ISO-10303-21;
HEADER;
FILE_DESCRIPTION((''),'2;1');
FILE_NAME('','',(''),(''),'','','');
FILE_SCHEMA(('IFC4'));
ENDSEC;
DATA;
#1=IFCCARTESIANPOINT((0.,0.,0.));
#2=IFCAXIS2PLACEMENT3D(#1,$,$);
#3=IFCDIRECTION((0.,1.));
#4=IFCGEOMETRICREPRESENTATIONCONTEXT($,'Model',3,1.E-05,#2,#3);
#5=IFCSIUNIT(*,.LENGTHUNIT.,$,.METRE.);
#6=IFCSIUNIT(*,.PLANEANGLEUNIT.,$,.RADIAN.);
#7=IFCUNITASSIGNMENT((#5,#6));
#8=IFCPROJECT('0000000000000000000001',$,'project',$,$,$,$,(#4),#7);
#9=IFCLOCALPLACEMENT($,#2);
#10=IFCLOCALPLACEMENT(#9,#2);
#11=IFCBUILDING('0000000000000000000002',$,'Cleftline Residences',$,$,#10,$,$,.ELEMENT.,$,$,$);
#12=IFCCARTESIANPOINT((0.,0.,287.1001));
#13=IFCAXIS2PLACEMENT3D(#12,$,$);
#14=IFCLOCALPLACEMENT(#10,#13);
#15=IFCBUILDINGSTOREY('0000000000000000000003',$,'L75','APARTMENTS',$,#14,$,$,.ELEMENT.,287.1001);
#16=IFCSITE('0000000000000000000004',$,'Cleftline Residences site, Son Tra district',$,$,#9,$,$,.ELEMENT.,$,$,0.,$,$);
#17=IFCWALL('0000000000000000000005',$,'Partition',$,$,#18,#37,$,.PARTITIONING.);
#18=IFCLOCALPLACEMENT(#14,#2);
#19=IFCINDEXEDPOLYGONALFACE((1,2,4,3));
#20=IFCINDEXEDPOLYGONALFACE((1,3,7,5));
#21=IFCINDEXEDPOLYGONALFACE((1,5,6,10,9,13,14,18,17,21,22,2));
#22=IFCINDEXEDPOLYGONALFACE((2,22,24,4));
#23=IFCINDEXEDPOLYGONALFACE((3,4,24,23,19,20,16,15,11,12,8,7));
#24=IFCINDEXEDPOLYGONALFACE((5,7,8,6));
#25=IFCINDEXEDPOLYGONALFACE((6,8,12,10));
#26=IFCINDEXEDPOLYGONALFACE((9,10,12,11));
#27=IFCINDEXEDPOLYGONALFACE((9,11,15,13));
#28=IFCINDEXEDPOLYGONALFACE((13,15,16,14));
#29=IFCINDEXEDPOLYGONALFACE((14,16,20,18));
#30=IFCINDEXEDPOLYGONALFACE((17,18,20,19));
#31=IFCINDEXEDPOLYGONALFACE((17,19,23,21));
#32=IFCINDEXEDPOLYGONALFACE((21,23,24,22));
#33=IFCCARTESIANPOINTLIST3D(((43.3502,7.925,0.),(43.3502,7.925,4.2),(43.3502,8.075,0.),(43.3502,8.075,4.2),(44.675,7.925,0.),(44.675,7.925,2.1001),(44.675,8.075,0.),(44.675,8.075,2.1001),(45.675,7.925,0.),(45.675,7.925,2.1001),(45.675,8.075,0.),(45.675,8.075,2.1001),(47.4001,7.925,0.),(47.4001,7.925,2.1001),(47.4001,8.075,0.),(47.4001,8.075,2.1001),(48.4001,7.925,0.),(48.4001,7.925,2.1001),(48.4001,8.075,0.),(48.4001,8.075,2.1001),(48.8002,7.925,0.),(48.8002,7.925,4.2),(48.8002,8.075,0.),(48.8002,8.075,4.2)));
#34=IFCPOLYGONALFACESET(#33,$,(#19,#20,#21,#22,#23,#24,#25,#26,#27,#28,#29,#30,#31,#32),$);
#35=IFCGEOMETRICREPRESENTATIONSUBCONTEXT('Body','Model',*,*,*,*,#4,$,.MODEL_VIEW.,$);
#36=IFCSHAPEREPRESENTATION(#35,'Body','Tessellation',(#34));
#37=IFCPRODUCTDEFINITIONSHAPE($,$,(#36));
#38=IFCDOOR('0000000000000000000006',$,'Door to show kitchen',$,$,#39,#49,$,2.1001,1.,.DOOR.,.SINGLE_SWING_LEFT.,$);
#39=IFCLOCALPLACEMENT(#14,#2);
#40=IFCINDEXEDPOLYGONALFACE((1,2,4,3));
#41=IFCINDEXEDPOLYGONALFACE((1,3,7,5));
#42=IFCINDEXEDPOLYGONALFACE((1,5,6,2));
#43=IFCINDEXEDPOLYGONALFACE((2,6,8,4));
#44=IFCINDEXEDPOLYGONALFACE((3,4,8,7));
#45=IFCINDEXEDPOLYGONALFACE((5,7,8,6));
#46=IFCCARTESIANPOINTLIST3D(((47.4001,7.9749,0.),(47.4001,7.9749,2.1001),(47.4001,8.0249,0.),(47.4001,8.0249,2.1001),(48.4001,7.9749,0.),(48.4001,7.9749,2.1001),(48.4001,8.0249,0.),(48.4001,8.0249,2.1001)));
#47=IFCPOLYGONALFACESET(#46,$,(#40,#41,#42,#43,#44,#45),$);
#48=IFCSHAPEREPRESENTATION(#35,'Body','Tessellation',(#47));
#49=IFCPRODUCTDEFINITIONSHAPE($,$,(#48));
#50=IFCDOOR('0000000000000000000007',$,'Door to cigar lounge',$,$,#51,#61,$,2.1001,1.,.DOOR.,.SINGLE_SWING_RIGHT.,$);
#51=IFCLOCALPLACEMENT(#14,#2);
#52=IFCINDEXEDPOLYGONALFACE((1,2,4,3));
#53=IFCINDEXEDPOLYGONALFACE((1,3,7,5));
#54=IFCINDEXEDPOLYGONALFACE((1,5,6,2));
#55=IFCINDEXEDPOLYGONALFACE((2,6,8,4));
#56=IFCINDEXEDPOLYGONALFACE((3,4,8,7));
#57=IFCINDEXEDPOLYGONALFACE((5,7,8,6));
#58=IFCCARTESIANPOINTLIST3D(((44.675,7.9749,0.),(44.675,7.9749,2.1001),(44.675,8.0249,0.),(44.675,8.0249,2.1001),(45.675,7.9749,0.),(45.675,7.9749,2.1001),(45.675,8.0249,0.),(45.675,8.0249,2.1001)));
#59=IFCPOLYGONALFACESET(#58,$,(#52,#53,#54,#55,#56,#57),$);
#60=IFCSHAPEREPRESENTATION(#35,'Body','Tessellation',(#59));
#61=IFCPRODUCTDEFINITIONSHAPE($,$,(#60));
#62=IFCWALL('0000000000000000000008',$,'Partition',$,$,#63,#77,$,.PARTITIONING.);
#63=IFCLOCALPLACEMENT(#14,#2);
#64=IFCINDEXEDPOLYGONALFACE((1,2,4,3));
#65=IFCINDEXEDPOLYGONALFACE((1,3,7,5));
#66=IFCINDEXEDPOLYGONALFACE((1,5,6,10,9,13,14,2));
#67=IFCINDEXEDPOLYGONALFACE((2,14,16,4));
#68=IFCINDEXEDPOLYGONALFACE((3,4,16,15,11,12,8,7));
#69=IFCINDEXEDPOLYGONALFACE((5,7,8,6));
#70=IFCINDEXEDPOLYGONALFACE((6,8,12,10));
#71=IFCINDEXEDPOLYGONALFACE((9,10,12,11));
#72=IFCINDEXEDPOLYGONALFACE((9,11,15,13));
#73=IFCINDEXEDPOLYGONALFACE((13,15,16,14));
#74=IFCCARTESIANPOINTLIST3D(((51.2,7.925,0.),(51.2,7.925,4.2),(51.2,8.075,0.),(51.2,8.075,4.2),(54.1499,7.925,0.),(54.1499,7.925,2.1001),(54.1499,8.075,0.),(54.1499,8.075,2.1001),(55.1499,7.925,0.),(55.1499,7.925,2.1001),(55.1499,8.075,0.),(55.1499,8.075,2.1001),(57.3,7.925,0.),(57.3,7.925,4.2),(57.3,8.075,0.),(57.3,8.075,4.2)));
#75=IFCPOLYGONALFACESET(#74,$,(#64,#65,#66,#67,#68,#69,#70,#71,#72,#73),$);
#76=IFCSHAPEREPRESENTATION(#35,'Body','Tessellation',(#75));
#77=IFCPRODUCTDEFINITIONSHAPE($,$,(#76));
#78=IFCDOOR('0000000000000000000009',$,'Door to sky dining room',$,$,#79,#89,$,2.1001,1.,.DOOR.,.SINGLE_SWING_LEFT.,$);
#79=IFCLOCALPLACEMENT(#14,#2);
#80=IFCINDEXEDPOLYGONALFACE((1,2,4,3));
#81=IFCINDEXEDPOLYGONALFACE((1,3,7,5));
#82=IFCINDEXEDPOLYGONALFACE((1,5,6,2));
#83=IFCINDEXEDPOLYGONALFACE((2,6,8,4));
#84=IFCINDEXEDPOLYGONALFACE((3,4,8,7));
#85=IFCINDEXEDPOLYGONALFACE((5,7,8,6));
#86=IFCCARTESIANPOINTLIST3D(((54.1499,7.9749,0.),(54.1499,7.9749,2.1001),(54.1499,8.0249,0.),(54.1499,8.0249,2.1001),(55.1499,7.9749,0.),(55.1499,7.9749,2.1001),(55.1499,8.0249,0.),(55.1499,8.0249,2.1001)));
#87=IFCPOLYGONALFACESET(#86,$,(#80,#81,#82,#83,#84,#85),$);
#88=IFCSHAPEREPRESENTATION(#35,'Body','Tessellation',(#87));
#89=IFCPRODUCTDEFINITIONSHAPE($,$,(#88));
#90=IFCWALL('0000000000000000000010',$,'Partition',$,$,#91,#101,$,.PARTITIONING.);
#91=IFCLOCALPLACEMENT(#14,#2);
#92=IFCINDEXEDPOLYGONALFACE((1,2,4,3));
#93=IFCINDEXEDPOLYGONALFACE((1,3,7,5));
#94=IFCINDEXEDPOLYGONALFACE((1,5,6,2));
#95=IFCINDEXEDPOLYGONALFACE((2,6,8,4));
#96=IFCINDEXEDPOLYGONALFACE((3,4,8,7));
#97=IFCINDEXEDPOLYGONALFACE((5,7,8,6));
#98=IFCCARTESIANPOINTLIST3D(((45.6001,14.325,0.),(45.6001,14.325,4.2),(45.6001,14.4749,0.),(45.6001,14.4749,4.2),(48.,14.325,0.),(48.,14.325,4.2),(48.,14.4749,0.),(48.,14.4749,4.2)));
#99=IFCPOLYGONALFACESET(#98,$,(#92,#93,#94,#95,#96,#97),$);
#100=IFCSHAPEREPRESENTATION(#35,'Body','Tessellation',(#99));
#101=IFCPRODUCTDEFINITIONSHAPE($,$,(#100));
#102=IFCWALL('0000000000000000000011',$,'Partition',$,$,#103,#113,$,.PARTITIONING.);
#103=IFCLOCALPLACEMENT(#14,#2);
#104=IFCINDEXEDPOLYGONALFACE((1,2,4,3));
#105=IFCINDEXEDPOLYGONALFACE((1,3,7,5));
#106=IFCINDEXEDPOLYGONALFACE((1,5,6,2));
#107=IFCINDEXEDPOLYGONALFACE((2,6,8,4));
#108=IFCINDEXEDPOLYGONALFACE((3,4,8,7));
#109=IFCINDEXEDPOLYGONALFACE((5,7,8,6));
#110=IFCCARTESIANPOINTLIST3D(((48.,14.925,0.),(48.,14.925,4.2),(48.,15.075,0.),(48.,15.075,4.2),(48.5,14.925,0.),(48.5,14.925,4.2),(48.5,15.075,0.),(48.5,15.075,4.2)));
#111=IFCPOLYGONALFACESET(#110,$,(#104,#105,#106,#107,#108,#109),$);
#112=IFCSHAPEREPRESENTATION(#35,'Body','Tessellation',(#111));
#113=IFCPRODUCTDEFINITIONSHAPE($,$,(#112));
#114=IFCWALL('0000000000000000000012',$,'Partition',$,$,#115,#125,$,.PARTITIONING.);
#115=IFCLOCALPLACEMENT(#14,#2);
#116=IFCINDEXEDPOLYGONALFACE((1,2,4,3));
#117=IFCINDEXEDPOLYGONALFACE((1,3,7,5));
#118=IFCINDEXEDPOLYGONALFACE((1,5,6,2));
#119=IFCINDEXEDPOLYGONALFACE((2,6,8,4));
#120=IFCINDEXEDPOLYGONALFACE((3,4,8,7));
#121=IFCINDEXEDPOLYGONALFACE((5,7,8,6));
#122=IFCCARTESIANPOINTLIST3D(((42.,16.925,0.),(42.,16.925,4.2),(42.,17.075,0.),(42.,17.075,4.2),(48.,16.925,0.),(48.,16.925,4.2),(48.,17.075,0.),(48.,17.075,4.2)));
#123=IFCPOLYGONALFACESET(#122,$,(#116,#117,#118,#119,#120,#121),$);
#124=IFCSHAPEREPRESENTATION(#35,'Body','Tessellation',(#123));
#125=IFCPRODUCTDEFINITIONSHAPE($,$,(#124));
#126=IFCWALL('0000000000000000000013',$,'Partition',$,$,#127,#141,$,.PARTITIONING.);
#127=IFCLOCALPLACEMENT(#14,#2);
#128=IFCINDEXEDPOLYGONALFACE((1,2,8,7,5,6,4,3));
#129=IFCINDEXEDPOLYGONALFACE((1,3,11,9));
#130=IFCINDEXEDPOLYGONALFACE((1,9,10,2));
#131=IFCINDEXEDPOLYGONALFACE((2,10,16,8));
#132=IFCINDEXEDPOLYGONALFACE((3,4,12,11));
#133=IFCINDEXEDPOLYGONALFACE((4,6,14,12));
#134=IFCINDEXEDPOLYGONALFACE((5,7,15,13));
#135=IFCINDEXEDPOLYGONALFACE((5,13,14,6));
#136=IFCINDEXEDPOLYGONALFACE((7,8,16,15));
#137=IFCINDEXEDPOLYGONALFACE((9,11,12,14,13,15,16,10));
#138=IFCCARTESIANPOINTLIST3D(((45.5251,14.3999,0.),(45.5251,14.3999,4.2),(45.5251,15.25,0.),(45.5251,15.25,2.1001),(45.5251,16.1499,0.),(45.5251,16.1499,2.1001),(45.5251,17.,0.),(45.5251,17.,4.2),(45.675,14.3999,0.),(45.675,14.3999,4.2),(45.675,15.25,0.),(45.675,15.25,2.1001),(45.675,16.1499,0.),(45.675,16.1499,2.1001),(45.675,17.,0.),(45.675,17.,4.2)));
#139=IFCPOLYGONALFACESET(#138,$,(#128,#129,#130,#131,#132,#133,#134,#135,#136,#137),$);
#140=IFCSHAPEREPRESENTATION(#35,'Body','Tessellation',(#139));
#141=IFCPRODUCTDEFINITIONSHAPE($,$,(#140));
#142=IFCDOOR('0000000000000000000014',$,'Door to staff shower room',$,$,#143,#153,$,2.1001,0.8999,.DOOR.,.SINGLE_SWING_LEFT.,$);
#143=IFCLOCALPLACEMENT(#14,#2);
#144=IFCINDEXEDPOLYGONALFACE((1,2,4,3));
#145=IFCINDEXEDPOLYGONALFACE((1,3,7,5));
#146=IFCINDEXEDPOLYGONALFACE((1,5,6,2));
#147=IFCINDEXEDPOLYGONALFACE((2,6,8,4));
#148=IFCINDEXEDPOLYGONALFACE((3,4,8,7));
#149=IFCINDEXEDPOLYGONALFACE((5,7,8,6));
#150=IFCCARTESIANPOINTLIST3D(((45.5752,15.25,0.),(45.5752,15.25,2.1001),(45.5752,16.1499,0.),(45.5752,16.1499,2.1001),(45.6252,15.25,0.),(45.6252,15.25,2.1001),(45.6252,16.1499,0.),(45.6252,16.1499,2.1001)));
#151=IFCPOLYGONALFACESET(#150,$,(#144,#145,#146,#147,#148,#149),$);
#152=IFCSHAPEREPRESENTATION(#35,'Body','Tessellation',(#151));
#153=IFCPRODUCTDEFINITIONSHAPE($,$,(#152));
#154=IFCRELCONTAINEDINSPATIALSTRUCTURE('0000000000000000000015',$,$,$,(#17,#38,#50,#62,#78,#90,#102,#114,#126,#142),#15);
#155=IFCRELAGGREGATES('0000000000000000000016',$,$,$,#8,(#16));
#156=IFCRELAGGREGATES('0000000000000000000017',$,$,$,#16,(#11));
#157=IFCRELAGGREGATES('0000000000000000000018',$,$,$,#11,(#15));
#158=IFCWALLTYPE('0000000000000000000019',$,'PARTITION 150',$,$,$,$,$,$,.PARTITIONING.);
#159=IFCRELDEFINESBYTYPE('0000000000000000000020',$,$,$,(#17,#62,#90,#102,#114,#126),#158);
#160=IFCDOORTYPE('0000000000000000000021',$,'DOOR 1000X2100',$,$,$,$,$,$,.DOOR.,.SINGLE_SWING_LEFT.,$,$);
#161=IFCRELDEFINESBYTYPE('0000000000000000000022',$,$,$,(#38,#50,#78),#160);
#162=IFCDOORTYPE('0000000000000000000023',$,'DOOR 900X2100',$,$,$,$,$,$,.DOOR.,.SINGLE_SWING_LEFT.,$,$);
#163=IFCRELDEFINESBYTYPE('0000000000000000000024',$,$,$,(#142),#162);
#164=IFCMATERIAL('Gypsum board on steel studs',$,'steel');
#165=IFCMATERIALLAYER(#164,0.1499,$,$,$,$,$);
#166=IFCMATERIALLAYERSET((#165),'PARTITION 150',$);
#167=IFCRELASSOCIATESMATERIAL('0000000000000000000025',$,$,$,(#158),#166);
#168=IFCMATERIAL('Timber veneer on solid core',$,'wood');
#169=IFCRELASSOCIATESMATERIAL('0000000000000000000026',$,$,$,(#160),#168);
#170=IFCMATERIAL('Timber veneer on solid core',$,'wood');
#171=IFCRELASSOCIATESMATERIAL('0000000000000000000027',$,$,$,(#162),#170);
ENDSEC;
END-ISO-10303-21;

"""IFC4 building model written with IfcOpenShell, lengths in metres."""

from ifc_helpers import new_model, si_unit, direction, frame, frame_2d, origin, place, context, subcontext, project, spatial, rectangle, extrude, material, layer, layer_set, type_object, element, fill, save


model = new_model("IFC4")

# Units and contexts
model_context = context("Model", 3, precision=1e-05, world=origin(), true_north=direction((0.0, 1.0)))
body_context = subcontext(model_context, "Body", "Model", "MODEL_VIEW")
ifc_project = project(units=[si_unit("LENGTHUNIT", "METRE"), si_unit("PLANEANGLEUNIT", "RADIAN")], contexts=[model_context])

# Site, building, storey
site_placement = place(None, origin())
site = spatial("IfcSite", under=ifc_project, at=site_placement, Name="Cleftline Residences site, Son Tra district", CompositionType="ELEMENT", RefElevation=0.0)
building_placement = place(site_placement, origin())
building = spatial("IfcBuilding", under=site, at=building_placement, Name="Cleftline Residences", CompositionType="ELEMENT")
storey_placement = place(building_placement, frame((0.0, 0.0, 287.1001)))
storey = spatial("IfcBuildingStorey", under=building, at=storey_placement, Name="L75", Description="APARTMENTS", CompositionType="ELEMENT", Elevation=287.1001)

# Wall, openings, doors
ifc_material_1 = material(Name="Gypsum board on steel studs", Category="steel")
ifc_layer_1 = layer(ifc_material_1, 0.1499)
ifc_layer_set_1 = layer_set([ifc_layer_1], Name="PARTITION 150")
wall_type_1 = type_object("IfcWallType", Name="PARTITION 150", PredefinedType="PARTITIONING", material=ifc_layer_set_1)
wall_1_placement = place(storey_placement, frame((43.3501, 8.0, 0.0), z_axis=(0.0, 0.0, 1.0), x_axis=(1.0, 0.0, 0.0)))
wall_1 = element("IfcWall", 1, at=wall_1_placement, inside=storey, type_object=wall_type_1, Name="Partition", PredefinedType="PARTITIONING", context=body_context, shape_type="SweptSolid", body=[
    extrude(rectangle(XDim=5.45, YDim=0.1499, at=frame_2d((2.7251, 0.0))), origin(), (0.0, 0.0, 1.0), 4.2),
])
opening_1_placement = place(wall_1_placement, frame((4.05, 0.0, 0.0)))
opening_1 = element("IfcOpeningElement", 2, at=opening_1_placement, cuts=wall_1, PredefinedType="OPENING", context=body_context, shape_type="SweptSolid", body=[
    extrude(rectangle(XDim=1.0, YDim=2.1001, at=frame_2d((0.5, 1.05))), frame((0.0, 0.085, 0.0), z_axis=(0.0, -1.0, 0.0), x_axis=(1.0, 0.0, 0.0)), (0.0, 0.0, 1.0), 0.1699),
])
opening_2_placement = place(wall_1_placement, frame((1.325, 0.0, 0.0)))
opening_2 = element("IfcOpeningElement", 3, at=opening_2_placement, cuts=wall_1, PredefinedType="OPENING", context=body_context, shape_type="SweptSolid", body=[
    extrude(rectangle(XDim=1.0, YDim=2.1001, at=frame_2d((0.5, 1.05))), frame((0.0, 0.085, 0.0), z_axis=(0.0, -1.0, 0.0), x_axis=(1.0, 0.0, 0.0)), (0.0, 0.0, 1.0), 0.1699),
])
ifc_material_2 = material(Name="Timber veneer on solid core", Category="wood")
door_type_1 = type_object("IfcDoorType", Name="DOOR 1000X2100", OperationType="SINGLE_SWING_LEFT", PredefinedType="DOOR", material=ifc_material_2)
door_1_placement = place(opening_1_placement, origin())
door_1 = element("IfcDoor", 4, at=door_1_placement, inside=storey, type_object=door_type_1, Name="Door to show kitchen", OperationType="SINGLE_SWING_LEFT", OverallHeight=2.1001, OverallWidth=1.0, PredefinedType="DOOR", context=body_context, shape_type="SweptSolid", body=[
    extrude(rectangle(XDim=1.0, YDim=2.1001, at=frame_2d((0.5, 1.05))), frame((0.0, 0.0249, 0.0), z_axis=(0.0, -1.0, 0.0), x_axis=(1.0, 0.0, 0.0)), (0.0, 0.0, 1.0), 0.05),
])
fill(opening_1, door_1)
door_2_placement = place(opening_2_placement, origin())
door_2 = element("IfcDoor", 5, at=door_2_placement, inside=storey, type_object=door_type_1, Name="Door to cigar lounge", OperationType="SINGLE_SWING_RIGHT", OverallHeight=2.1001, OverallWidth=1.0, PredefinedType="DOOR", context=body_context, shape_type="SweptSolid", body=[
    extrude(rectangle(XDim=1.0, YDim=2.1001, at=frame_2d((0.5, 1.05))), frame((0.0, 0.0249, 0.0), z_axis=(0.0, -1.0, 0.0), x_axis=(1.0, 0.0, 0.0)), (0.0, 0.0, 1.0), 0.05),
])
fill(opening_2, door_2)

# Wall, opening, door
wall_2_placement = place(storey_placement, frame((51.2, 8.0, 0.0), z_axis=(0.0, 0.0, 1.0), x_axis=(1.0, 0.0, 0.0)))
wall_2 = element("IfcWall", 6, at=wall_2_placement, inside=storey, type_object=wall_type_1, Name="Partition", PredefinedType="PARTITIONING", context=body_context, shape_type="SweptSolid", body=[
    extrude(rectangle(XDim=6.1001, YDim=0.1499, at=frame_2d((3.05, 0.0))), origin(), (0.0, 0.0, 1.0), 4.2),
])
opening_3_placement = place(wall_2_placement, frame((2.95, 0.0, 0.0)))
opening_3 = element("IfcOpeningElement", 7, at=opening_3_placement, cuts=wall_2, PredefinedType="OPENING", context=body_context, shape_type="SweptSolid", body=[
    extrude(rectangle(XDim=1.0, YDim=2.1001, at=frame_2d((0.5, 1.05))), frame((0.0, 0.085, 0.0), z_axis=(0.0, -1.0, 0.0), x_axis=(1.0, 0.0, 0.0)), (0.0, 0.0, 1.0), 0.1699),
])
door_3_placement = place(opening_3_placement, origin())
door_3 = element("IfcDoor", 8, at=door_3_placement, inside=storey, type_object=door_type_1, Name="Door to sky dining room", OperationType="SINGLE_SWING_LEFT", OverallHeight=2.1001, OverallWidth=1.0, PredefinedType="DOOR", context=body_context, shape_type="SweptSolid", body=[
    extrude(rectangle(XDim=1.0, YDim=2.1001, at=frame_2d((0.5, 1.05))), frame((0.0, 0.0249, 0.0), z_axis=(0.0, -1.0, 0.0), x_axis=(1.0, 0.0, 0.0)), (0.0, 0.0, 1.0), 0.05),
])
fill(opening_3, door_3)

# Walls
wall_3_placement = place(storey_placement, frame((45.6001, 14.3999, 0.0), z_axis=(0.0, 0.0, 1.0), x_axis=(1.0, 0.0, 0.0)))
element("IfcWall", 9, at=wall_3_placement, inside=storey, type_object=wall_type_1, Name="Partition", PredefinedType="PARTITIONING", context=body_context, shape_type="SweptSolid", body=[
    extrude(rectangle(XDim=2.3999, YDim=0.1499, at=frame_2d((1.2, 0.0))), origin(), (0.0, 0.0, 1.0), 4.2),
])
wall_4_placement = place(storey_placement, frame((48.0, 15.0, 0.0), z_axis=(0.0, 0.0, 1.0), x_axis=(1.0, 0.0, 0.0)))
element("IfcWall", 10, at=wall_4_placement, inside=storey, type_object=wall_type_1, Name="Partition", PredefinedType="PARTITIONING", context=body_context, shape_type="SweptSolid", body=[
    extrude(rectangle(XDim=0.5, YDim=0.1499, at=frame_2d((0.25, 0.0))), origin(), (0.0, 0.0, 1.0), 4.2),
])
wall_5_placement = place(storey_placement, frame((42.0, 17.0, 0.0), z_axis=(0.0, 0.0, 1.0), x_axis=(1.0, 0.0, 0.0)))
element("IfcWall", 11, at=wall_5_placement, inside=storey, type_object=wall_type_1, Name="Partition", PredefinedType="PARTITIONING", context=body_context, shape_type="SweptSolid", body=[
    extrude(rectangle(XDim=6.0, YDim=0.1499, at=frame_2d((3.0, 0.0))), origin(), (0.0, 0.0, 1.0), 4.2),
])

# Wall, opening, door
wall_6_placement = place(storey_placement, frame((45.6001, 14.3999, 0.0), z_axis=(0.0, 0.0, 1.0), x_axis=(0.0, 1.0, 0.0)))
wall_6 = element("IfcWall", 12, at=wall_6_placement, inside=storey, type_object=wall_type_1, Name="Partition", PredefinedType="PARTITIONING", context=body_context, shape_type="SweptSolid", body=[
    extrude(rectangle(XDim=2.6001, YDim=0.1499, at=frame_2d((1.3, 0.0))), origin(), (0.0, 0.0, 1.0), 4.2),
])
opening_4_placement = place(wall_6_placement, frame((0.8501, 0.0, 0.0)))
opening_4 = element("IfcOpeningElement", 13, at=opening_4_placement, cuts=wall_6, PredefinedType="OPENING", context=body_context, shape_type="SweptSolid", body=[
    extrude(rectangle(XDim=0.8999, YDim=2.1001, at=frame_2d((0.45, 1.05))), frame((0.0, 0.085, 0.0), z_axis=(0.0, -1.0, 0.0), x_axis=(1.0, 0.0, 0.0)), (0.0, 0.0, 1.0), 0.1699),
])
ifc_material_3 = material(Name="Timber veneer on solid core", Category="wood")
door_type_2 = type_object("IfcDoorType", Name="DOOR 900X2100", OperationType="SINGLE_SWING_LEFT", PredefinedType="DOOR", material=ifc_material_3)
door_4_placement = place(opening_4_placement, origin())
door_4 = element("IfcDoor", 14, at=door_4_placement, inside=storey, type_object=door_type_2, Name="Door to staff shower room", OperationType="SINGLE_SWING_LEFT", OverallHeight=2.1001, OverallWidth=0.8999, PredefinedType="DOOR", context=body_context, shape_type="SweptSolid", body=[
    extrude(rectangle(XDim=0.8999, YDim=2.1001, at=frame_2d((0.45, 1.05))), frame((0.0, 0.0249, 0.0), z_axis=(0.0, -1.0, 0.0), x_axis=(1.0, 0.0, 0.0)), (0.0, 0.0, 1.0), 0.05),
])
fill(opening_4, door_4)

save(model, "model.ifc")
